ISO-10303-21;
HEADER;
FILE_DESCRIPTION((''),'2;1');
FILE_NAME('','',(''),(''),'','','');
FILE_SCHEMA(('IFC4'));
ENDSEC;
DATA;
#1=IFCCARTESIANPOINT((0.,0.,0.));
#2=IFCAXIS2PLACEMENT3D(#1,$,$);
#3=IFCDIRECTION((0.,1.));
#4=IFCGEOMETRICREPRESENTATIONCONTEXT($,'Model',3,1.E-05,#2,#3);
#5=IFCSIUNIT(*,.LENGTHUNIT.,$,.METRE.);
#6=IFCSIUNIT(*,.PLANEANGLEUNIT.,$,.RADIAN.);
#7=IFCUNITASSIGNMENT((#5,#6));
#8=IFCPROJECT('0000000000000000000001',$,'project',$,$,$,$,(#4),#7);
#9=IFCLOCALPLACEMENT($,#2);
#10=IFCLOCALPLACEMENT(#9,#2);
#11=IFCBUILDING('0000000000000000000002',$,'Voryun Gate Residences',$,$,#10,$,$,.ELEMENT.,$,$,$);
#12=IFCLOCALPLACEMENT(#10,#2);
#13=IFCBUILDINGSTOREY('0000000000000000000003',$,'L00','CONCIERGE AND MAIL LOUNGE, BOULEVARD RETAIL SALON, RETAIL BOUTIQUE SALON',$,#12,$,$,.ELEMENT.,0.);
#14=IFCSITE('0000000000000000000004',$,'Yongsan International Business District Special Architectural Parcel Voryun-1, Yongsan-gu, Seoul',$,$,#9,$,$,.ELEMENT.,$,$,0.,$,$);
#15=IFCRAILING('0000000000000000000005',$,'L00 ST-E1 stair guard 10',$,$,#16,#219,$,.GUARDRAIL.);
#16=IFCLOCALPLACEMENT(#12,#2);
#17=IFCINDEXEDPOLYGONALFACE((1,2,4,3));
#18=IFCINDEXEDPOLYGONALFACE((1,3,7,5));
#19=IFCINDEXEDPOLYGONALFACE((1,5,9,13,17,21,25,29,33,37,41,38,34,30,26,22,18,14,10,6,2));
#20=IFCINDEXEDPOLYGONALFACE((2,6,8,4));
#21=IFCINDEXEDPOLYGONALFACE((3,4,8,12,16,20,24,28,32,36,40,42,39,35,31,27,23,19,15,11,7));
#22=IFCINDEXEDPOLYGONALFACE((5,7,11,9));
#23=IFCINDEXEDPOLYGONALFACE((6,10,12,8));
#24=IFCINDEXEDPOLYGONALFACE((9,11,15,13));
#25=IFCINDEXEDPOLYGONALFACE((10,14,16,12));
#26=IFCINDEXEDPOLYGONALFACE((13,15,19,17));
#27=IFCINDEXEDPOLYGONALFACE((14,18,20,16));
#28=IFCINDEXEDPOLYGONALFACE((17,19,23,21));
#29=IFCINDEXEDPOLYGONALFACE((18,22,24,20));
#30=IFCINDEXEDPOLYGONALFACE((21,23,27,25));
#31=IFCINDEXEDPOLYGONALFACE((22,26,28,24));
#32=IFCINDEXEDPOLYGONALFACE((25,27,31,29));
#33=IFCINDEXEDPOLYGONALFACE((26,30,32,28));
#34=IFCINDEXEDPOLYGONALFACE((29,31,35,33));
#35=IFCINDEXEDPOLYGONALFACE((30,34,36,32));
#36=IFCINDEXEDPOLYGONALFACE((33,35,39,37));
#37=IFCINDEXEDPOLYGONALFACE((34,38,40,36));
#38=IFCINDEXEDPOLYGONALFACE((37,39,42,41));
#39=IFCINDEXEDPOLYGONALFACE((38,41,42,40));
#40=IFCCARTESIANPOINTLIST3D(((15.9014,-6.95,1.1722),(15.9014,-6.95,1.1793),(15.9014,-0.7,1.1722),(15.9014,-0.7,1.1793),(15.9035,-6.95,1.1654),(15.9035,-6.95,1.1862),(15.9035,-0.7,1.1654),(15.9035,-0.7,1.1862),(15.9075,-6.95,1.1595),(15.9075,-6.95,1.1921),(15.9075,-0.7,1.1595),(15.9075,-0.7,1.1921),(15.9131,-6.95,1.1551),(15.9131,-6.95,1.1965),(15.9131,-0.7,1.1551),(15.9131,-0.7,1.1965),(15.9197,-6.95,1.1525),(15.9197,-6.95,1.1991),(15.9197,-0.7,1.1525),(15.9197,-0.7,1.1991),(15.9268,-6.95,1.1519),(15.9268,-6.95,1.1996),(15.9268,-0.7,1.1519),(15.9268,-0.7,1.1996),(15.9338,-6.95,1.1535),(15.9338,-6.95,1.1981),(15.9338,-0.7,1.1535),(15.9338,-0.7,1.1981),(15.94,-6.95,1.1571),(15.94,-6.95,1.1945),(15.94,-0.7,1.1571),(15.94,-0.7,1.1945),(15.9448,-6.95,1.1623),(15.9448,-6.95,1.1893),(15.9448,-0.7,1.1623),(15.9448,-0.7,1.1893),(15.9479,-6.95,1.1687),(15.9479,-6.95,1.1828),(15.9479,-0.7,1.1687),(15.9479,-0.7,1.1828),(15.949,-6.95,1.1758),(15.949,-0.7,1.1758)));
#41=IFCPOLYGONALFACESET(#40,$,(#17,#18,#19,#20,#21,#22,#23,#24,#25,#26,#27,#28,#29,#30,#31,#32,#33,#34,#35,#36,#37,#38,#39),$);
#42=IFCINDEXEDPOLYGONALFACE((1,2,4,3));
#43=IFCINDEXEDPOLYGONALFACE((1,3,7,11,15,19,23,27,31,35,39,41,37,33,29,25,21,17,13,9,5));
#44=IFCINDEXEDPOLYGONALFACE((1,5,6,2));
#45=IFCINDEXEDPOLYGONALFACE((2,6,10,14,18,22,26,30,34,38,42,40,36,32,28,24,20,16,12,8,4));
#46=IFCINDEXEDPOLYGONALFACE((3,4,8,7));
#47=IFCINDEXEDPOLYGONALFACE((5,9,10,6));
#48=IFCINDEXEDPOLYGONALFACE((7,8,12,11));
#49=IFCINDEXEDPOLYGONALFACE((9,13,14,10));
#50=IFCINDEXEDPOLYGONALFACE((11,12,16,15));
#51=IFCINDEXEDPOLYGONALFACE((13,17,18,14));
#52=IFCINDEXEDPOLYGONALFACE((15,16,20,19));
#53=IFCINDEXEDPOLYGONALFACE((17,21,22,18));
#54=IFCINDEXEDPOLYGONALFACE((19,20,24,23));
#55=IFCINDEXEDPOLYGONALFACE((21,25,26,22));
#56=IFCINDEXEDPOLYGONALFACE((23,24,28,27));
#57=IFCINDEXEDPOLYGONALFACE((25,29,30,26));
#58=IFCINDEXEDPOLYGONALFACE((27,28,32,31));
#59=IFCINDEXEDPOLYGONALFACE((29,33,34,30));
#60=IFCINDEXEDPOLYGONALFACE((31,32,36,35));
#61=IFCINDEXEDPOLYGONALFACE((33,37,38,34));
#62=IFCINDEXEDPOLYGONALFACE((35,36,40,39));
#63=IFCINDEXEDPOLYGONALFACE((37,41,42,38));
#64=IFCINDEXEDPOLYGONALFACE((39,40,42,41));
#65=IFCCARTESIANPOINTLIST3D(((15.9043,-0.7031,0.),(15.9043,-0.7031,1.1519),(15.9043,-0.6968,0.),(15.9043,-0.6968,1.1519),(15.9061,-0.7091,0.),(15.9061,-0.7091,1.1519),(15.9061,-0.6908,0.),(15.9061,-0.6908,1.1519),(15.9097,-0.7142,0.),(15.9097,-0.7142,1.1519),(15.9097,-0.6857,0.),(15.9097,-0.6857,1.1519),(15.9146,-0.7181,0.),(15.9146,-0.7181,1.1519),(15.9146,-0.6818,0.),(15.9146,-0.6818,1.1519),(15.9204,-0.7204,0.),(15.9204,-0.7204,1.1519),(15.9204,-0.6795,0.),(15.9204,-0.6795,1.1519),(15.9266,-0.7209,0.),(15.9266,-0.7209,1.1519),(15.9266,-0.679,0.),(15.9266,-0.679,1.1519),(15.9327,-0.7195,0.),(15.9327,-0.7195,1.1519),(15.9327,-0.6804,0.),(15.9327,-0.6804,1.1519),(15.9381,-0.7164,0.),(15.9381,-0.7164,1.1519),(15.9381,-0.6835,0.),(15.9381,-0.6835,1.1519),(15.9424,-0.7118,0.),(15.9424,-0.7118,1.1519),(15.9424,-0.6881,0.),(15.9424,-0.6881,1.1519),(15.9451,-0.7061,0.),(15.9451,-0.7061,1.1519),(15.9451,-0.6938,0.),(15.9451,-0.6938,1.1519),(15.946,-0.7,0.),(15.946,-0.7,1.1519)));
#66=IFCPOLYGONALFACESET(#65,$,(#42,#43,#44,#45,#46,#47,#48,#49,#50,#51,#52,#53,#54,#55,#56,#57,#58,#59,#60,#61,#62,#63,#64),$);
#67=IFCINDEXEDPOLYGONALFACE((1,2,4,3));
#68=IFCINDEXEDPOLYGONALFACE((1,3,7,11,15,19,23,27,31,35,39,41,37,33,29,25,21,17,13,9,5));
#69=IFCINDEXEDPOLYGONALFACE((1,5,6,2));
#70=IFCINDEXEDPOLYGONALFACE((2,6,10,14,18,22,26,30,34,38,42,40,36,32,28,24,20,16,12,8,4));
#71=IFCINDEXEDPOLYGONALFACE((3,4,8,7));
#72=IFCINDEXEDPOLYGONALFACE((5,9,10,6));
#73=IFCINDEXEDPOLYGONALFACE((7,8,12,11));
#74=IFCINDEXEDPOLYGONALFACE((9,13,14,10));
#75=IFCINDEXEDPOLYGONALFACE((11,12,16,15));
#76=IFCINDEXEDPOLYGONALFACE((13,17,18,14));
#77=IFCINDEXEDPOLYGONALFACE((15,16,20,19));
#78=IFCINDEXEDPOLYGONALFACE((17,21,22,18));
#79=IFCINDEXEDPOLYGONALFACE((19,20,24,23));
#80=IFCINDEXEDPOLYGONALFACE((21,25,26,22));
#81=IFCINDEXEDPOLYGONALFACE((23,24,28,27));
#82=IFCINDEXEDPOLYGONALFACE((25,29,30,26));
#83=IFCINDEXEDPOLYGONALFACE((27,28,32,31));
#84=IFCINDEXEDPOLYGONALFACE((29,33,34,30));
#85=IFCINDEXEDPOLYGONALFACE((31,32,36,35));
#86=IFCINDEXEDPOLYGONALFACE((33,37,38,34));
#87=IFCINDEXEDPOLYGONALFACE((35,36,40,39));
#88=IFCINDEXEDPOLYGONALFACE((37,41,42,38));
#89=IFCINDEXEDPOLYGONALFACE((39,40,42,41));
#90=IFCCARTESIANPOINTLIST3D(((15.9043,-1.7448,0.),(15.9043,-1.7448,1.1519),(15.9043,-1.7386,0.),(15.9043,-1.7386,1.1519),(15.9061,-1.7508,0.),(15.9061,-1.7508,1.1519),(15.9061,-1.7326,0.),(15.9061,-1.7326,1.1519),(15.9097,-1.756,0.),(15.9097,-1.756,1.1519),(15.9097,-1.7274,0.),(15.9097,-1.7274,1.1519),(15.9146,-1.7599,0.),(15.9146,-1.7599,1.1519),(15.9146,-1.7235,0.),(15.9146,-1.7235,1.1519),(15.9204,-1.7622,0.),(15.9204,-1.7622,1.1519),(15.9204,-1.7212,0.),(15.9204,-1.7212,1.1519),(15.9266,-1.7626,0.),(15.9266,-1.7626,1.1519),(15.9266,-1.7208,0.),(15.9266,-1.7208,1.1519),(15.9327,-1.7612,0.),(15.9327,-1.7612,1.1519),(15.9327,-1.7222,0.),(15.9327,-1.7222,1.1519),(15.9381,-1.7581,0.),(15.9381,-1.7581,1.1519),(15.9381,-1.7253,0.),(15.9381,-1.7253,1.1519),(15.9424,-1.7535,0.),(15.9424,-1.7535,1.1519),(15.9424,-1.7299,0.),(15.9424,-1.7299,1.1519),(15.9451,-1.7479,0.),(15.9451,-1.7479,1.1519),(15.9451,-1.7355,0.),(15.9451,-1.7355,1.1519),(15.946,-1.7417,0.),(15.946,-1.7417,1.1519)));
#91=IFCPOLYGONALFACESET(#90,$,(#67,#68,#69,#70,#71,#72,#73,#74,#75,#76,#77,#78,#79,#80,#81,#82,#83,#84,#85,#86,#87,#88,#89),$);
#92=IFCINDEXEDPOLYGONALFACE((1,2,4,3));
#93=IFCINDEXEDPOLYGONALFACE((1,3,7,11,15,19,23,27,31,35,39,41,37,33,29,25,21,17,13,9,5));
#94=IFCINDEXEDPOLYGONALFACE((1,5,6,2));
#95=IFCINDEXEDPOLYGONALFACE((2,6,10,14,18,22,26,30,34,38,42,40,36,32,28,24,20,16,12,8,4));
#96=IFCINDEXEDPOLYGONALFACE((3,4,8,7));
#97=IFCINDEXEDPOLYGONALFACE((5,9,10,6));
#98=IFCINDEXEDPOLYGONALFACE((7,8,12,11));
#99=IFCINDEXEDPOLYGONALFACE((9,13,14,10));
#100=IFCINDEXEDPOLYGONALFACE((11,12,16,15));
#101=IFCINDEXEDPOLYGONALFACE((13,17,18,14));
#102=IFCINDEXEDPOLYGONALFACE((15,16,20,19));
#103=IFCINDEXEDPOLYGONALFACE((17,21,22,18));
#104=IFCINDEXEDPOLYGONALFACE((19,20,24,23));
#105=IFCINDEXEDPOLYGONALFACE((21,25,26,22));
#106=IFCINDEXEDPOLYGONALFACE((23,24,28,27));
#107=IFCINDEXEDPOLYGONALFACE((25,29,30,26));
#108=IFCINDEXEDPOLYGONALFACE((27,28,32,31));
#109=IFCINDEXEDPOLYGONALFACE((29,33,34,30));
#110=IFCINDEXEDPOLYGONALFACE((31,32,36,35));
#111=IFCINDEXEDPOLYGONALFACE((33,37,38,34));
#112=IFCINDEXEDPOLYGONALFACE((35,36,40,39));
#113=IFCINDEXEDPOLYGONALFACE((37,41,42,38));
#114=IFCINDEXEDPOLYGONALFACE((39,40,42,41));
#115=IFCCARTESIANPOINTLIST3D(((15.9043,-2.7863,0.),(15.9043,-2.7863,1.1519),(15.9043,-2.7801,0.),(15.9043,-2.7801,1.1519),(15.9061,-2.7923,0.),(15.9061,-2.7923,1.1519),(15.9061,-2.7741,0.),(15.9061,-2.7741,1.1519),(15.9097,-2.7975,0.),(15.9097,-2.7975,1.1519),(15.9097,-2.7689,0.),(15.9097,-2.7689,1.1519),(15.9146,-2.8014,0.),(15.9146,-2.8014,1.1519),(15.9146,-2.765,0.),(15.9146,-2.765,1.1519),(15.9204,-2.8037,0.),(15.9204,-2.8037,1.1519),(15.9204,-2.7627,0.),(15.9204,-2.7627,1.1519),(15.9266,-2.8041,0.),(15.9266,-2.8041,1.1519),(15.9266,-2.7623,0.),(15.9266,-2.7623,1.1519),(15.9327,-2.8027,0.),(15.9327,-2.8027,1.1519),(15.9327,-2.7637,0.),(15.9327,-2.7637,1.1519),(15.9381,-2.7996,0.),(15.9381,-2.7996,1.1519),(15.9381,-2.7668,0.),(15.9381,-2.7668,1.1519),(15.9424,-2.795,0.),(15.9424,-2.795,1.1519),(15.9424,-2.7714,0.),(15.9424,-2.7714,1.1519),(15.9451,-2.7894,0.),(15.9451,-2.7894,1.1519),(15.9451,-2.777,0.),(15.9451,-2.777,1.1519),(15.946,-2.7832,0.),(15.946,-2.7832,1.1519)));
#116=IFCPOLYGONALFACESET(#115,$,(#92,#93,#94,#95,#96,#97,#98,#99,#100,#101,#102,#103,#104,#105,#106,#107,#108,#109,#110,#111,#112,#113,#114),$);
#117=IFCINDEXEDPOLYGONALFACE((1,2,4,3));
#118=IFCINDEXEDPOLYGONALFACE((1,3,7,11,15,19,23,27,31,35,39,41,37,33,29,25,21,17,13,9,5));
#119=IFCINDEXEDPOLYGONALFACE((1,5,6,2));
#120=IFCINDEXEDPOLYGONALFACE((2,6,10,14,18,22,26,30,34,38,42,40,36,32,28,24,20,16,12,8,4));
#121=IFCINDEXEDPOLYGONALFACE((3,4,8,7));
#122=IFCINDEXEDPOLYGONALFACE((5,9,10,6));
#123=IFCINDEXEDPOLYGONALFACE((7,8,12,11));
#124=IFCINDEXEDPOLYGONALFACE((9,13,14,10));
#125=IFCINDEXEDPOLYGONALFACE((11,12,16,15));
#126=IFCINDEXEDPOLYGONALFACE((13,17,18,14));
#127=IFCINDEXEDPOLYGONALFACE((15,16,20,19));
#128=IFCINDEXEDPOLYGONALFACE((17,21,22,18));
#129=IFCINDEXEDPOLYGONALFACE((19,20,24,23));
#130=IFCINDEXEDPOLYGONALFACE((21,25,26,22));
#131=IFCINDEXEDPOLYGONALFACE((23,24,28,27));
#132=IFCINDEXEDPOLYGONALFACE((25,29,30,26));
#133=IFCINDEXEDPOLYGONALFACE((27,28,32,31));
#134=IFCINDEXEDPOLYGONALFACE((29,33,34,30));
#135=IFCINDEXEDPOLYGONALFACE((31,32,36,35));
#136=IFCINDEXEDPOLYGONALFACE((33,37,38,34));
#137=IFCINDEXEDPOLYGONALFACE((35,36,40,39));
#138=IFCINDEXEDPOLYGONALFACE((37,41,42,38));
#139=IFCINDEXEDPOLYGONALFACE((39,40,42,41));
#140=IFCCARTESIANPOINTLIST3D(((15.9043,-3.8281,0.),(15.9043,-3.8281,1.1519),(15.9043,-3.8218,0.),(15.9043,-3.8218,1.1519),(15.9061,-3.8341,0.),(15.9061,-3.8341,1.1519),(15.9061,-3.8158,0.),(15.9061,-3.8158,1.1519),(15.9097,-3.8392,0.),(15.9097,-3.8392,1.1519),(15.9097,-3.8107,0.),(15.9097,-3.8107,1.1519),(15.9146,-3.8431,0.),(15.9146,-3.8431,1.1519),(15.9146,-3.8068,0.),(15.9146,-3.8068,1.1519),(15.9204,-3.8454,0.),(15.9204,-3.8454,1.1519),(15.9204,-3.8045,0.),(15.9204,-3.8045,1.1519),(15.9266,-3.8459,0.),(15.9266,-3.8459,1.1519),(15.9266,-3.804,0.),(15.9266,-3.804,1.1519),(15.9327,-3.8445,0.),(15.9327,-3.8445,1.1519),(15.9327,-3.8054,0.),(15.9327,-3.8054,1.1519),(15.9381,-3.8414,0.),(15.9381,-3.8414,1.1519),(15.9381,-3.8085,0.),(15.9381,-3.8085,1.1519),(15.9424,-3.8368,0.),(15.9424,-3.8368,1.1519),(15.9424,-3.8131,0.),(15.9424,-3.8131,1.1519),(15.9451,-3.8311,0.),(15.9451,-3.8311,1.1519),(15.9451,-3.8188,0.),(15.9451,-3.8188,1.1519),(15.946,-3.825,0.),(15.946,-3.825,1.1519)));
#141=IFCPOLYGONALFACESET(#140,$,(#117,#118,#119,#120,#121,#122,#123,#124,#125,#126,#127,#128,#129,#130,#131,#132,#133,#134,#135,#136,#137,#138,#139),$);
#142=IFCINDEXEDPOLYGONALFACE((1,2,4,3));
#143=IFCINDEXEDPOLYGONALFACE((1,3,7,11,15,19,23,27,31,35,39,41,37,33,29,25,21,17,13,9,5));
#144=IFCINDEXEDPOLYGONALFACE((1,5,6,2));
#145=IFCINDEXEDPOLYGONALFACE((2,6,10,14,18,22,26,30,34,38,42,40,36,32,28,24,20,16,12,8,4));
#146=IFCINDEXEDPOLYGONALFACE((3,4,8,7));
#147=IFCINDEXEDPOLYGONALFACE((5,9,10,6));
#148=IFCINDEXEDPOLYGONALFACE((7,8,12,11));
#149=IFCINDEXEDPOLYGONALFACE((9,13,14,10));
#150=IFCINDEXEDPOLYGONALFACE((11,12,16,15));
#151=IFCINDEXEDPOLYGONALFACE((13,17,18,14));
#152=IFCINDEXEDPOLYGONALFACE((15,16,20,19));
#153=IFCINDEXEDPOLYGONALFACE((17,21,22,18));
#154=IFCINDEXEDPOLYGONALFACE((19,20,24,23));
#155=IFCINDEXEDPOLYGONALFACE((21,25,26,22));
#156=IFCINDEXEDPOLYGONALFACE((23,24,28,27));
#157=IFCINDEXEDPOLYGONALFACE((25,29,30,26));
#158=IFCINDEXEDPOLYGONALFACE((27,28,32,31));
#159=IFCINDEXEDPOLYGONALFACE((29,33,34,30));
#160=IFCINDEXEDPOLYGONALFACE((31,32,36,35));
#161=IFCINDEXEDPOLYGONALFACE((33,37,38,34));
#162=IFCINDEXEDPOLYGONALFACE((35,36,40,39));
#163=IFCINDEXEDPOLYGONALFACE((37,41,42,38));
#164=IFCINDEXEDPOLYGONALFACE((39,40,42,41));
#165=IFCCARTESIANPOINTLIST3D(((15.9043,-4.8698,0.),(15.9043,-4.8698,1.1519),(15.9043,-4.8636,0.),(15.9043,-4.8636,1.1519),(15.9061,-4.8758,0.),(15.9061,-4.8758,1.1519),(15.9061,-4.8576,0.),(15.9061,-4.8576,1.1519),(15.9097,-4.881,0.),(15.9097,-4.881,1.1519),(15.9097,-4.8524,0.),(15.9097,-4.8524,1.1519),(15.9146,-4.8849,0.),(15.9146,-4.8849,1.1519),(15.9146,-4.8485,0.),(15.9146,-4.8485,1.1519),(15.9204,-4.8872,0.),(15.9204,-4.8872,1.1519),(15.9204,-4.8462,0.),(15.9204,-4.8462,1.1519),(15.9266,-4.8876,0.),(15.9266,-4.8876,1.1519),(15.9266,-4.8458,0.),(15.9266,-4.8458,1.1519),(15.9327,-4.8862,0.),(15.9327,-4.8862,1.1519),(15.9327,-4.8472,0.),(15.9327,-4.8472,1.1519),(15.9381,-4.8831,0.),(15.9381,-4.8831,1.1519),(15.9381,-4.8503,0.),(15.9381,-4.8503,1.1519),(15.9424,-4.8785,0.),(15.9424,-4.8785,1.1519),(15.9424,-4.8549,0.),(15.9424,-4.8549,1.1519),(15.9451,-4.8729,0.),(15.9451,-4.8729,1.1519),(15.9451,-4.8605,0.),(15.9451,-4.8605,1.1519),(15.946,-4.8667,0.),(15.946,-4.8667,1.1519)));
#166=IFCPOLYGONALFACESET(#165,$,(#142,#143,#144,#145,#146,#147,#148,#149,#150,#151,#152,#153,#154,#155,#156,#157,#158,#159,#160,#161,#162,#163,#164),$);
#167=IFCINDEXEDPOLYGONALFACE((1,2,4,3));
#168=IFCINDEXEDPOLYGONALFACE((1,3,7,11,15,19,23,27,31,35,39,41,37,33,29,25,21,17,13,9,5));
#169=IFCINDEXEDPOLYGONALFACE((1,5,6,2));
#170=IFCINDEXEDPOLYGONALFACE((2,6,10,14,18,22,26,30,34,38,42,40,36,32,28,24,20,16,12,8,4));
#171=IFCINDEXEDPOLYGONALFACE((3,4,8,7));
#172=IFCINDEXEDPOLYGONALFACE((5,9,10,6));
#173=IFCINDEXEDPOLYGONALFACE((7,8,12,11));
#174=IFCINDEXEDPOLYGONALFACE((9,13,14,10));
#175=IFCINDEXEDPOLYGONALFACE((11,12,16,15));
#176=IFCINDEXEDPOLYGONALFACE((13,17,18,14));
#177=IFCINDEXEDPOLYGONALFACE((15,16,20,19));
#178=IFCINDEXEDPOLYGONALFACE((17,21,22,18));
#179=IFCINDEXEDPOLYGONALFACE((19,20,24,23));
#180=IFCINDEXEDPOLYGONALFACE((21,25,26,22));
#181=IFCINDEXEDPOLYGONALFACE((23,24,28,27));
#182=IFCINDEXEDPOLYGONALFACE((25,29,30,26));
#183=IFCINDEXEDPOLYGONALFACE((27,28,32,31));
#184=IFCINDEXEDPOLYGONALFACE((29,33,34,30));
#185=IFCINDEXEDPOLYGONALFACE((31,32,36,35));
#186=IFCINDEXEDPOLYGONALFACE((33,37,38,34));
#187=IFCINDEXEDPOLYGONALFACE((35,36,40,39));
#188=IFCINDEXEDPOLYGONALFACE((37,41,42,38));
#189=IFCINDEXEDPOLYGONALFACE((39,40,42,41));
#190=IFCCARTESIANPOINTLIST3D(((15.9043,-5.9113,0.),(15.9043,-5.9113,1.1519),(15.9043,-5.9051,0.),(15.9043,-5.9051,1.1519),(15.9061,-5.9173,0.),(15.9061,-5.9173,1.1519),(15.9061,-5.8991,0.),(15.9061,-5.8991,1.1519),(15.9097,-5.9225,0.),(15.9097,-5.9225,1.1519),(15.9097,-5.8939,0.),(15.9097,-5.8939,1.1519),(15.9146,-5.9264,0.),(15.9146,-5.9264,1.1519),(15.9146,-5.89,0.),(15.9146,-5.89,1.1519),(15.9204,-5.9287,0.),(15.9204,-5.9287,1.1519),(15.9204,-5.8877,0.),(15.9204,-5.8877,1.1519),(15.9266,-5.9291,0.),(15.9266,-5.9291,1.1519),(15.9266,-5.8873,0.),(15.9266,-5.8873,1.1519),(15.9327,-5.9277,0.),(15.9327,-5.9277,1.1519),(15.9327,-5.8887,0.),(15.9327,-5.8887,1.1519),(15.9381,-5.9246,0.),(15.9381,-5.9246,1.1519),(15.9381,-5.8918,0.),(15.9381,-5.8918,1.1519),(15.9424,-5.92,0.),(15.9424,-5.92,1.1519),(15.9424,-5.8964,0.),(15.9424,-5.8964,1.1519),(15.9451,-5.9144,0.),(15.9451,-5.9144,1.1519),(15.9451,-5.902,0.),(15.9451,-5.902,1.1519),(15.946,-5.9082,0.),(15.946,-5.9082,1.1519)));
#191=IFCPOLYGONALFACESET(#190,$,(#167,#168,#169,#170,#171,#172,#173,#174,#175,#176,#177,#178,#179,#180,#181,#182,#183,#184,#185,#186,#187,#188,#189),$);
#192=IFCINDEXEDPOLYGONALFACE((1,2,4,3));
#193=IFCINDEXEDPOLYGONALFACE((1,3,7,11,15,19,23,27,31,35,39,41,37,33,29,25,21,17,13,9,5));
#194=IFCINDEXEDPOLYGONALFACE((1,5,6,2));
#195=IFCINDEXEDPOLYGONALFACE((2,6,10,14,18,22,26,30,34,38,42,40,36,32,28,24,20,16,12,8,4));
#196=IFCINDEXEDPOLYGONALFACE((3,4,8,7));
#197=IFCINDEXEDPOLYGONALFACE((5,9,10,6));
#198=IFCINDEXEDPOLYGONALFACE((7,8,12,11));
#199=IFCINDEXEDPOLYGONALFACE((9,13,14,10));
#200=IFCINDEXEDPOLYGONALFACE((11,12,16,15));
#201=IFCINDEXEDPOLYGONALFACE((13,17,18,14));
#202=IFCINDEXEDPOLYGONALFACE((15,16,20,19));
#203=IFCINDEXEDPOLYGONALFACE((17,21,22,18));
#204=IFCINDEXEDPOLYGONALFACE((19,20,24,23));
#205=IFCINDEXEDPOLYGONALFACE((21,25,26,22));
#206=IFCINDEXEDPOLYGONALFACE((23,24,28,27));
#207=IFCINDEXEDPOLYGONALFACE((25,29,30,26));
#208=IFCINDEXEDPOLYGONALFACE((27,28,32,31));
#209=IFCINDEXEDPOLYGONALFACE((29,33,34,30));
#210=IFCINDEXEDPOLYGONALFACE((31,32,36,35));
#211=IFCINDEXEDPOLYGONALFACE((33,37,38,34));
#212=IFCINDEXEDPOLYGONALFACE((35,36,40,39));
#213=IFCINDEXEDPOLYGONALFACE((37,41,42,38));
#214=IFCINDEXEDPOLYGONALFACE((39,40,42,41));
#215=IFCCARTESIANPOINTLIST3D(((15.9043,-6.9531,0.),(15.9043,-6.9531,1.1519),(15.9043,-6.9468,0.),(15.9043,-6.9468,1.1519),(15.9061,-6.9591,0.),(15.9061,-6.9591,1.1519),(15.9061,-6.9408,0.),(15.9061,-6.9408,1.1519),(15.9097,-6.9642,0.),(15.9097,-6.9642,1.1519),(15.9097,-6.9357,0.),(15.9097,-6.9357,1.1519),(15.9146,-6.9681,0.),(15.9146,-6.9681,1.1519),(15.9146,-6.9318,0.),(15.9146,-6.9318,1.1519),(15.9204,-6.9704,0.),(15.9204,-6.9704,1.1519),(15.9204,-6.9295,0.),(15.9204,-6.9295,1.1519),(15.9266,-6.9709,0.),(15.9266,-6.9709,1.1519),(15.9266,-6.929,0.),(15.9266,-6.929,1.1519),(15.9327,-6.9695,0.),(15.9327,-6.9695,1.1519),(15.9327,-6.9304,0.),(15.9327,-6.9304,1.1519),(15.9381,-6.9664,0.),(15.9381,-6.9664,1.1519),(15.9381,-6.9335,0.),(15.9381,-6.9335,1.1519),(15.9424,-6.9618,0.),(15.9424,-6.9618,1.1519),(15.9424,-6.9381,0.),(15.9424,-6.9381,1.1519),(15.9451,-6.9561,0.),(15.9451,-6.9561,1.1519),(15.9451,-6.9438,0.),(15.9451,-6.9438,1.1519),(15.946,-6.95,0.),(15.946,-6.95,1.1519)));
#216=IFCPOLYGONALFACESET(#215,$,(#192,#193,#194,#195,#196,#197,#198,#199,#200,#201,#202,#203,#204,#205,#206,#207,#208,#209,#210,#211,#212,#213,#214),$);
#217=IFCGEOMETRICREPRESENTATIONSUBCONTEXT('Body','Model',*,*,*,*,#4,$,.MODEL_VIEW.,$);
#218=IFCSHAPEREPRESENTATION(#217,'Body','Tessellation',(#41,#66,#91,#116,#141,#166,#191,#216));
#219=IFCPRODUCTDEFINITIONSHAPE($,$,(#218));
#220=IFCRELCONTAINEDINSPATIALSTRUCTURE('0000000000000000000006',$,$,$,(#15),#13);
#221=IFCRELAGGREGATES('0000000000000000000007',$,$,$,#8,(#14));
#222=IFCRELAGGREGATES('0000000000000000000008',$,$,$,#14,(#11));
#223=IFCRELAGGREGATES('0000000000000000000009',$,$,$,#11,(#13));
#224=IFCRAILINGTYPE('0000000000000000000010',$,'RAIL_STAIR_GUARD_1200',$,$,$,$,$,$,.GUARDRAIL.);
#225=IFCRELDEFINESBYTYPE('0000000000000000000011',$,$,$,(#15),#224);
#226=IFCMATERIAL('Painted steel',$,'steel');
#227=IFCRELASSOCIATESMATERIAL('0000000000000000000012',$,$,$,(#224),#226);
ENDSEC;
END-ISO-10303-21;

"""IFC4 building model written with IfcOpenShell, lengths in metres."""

from ifc_helpers import new_model, si_unit, direction, frame, origin, origin_2d, place, context, subcontext, project, spatial, circle, extrude, material, type_object, element, save


model = new_model("IFC4")

# Units and contexts
model_context = context("Model", 3, precision=1e-05, world=origin(), true_north=direction((0.0, 1.0)))
body_context = subcontext(model_context, "Body", "Model", "MODEL_VIEW")
ifc_project = project(units=[si_unit("LENGTHUNIT", "METRE"), si_unit("PLANEANGLEUNIT", "RADIAN")], contexts=[model_context])

# Site, building, storey
site_placement = place(None, origin())
site = spatial("IfcSite", under=ifc_project, at=site_placement, Name="Yongsan International Business District Special Architectural Parcel Voryun-1, Yongsan-gu, Seoul", CompositionType="ELEMENT", RefElevation=0.0)
building_placement = place(site_placement, origin())
building = spatial("IfcBuilding", under=site, at=building_placement, Name="Voryun Gate Residences", CompositionType="ELEMENT")
storey_placement = place(building_placement, origin())
storey = spatial("IfcBuildingStorey", under=building, at=storey_placement, Name="L00", Description="CONCIERGE AND MAIL LOUNGE, BOULEVARD RETAIL SALON, RETAIL BOUTIQUE SALON", CompositionType="ELEMENT", Elevation=0.0)

# Railing
ifc_material_1 = material(Name="Painted steel", Category="steel")
railing_type_1 = type_object("IfcRailingType", Name="RAIL_STAIR_GUARD_1200", PredefinedType="GUARDRAIL", material=ifc_material_1)
for number, where, name in (
    (1, (15.925, -0.7, 0.0), "L00 ST-E1 stair guard 10"),
):
    element("IfcRailing", number, at=place(storey_placement, frame(where)), inside=storey, type_object=railing_type_1, Name=name, PredefinedType="GUARDRAIL", context=body_context, shape_type="SweptSolid", body=[
        extrude(circle(Radius=0.0239, at=origin_2d()), frame((0.0, 0.0, 1.1758), z_axis=(0.0, -1.0, 0.0), x_axis=(1.0, 0.0, 0.0)), (0.0, 0.0, 1.0), 6.25),
        extrude(circle(Radius=0.021, at=origin_2d()), origin(), (0.0, 0.0, 1.0), 1.1519),
        extrude(circle(Radius=0.021, at=origin_2d()), frame((0.0, -1.0417, 0.0)), (0.0, 0.0, 1.0), 1.1519),
        extrude(circle(Radius=0.021, at=origin_2d()), frame((0.0, -2.0833, 0.0)), (0.0, 0.0, 1.0), 1.1519),
        extrude(circle(Radius=0.021, at=origin_2d()), frame((0.0, -3.125, 0.0)), (0.0, 0.0, 1.0), 1.1519),
        extrude(circle(Radius=0.021, at=origin_2d()), frame((0.0, -4.1667, 0.0)), (0.0, 0.0, 1.0), 1.1519),
        extrude(circle(Radius=0.021, at=origin_2d()), frame((0.0, -5.2083, 0.0)), (0.0, 0.0, 1.0), 1.1519),
        extrude(circle(Radius=0.021, at=origin_2d()), frame((0.0, -6.25, 0.0)), (0.0, 0.0, 1.0), 1.1519),
    ])

save(model, "model.ifc")
